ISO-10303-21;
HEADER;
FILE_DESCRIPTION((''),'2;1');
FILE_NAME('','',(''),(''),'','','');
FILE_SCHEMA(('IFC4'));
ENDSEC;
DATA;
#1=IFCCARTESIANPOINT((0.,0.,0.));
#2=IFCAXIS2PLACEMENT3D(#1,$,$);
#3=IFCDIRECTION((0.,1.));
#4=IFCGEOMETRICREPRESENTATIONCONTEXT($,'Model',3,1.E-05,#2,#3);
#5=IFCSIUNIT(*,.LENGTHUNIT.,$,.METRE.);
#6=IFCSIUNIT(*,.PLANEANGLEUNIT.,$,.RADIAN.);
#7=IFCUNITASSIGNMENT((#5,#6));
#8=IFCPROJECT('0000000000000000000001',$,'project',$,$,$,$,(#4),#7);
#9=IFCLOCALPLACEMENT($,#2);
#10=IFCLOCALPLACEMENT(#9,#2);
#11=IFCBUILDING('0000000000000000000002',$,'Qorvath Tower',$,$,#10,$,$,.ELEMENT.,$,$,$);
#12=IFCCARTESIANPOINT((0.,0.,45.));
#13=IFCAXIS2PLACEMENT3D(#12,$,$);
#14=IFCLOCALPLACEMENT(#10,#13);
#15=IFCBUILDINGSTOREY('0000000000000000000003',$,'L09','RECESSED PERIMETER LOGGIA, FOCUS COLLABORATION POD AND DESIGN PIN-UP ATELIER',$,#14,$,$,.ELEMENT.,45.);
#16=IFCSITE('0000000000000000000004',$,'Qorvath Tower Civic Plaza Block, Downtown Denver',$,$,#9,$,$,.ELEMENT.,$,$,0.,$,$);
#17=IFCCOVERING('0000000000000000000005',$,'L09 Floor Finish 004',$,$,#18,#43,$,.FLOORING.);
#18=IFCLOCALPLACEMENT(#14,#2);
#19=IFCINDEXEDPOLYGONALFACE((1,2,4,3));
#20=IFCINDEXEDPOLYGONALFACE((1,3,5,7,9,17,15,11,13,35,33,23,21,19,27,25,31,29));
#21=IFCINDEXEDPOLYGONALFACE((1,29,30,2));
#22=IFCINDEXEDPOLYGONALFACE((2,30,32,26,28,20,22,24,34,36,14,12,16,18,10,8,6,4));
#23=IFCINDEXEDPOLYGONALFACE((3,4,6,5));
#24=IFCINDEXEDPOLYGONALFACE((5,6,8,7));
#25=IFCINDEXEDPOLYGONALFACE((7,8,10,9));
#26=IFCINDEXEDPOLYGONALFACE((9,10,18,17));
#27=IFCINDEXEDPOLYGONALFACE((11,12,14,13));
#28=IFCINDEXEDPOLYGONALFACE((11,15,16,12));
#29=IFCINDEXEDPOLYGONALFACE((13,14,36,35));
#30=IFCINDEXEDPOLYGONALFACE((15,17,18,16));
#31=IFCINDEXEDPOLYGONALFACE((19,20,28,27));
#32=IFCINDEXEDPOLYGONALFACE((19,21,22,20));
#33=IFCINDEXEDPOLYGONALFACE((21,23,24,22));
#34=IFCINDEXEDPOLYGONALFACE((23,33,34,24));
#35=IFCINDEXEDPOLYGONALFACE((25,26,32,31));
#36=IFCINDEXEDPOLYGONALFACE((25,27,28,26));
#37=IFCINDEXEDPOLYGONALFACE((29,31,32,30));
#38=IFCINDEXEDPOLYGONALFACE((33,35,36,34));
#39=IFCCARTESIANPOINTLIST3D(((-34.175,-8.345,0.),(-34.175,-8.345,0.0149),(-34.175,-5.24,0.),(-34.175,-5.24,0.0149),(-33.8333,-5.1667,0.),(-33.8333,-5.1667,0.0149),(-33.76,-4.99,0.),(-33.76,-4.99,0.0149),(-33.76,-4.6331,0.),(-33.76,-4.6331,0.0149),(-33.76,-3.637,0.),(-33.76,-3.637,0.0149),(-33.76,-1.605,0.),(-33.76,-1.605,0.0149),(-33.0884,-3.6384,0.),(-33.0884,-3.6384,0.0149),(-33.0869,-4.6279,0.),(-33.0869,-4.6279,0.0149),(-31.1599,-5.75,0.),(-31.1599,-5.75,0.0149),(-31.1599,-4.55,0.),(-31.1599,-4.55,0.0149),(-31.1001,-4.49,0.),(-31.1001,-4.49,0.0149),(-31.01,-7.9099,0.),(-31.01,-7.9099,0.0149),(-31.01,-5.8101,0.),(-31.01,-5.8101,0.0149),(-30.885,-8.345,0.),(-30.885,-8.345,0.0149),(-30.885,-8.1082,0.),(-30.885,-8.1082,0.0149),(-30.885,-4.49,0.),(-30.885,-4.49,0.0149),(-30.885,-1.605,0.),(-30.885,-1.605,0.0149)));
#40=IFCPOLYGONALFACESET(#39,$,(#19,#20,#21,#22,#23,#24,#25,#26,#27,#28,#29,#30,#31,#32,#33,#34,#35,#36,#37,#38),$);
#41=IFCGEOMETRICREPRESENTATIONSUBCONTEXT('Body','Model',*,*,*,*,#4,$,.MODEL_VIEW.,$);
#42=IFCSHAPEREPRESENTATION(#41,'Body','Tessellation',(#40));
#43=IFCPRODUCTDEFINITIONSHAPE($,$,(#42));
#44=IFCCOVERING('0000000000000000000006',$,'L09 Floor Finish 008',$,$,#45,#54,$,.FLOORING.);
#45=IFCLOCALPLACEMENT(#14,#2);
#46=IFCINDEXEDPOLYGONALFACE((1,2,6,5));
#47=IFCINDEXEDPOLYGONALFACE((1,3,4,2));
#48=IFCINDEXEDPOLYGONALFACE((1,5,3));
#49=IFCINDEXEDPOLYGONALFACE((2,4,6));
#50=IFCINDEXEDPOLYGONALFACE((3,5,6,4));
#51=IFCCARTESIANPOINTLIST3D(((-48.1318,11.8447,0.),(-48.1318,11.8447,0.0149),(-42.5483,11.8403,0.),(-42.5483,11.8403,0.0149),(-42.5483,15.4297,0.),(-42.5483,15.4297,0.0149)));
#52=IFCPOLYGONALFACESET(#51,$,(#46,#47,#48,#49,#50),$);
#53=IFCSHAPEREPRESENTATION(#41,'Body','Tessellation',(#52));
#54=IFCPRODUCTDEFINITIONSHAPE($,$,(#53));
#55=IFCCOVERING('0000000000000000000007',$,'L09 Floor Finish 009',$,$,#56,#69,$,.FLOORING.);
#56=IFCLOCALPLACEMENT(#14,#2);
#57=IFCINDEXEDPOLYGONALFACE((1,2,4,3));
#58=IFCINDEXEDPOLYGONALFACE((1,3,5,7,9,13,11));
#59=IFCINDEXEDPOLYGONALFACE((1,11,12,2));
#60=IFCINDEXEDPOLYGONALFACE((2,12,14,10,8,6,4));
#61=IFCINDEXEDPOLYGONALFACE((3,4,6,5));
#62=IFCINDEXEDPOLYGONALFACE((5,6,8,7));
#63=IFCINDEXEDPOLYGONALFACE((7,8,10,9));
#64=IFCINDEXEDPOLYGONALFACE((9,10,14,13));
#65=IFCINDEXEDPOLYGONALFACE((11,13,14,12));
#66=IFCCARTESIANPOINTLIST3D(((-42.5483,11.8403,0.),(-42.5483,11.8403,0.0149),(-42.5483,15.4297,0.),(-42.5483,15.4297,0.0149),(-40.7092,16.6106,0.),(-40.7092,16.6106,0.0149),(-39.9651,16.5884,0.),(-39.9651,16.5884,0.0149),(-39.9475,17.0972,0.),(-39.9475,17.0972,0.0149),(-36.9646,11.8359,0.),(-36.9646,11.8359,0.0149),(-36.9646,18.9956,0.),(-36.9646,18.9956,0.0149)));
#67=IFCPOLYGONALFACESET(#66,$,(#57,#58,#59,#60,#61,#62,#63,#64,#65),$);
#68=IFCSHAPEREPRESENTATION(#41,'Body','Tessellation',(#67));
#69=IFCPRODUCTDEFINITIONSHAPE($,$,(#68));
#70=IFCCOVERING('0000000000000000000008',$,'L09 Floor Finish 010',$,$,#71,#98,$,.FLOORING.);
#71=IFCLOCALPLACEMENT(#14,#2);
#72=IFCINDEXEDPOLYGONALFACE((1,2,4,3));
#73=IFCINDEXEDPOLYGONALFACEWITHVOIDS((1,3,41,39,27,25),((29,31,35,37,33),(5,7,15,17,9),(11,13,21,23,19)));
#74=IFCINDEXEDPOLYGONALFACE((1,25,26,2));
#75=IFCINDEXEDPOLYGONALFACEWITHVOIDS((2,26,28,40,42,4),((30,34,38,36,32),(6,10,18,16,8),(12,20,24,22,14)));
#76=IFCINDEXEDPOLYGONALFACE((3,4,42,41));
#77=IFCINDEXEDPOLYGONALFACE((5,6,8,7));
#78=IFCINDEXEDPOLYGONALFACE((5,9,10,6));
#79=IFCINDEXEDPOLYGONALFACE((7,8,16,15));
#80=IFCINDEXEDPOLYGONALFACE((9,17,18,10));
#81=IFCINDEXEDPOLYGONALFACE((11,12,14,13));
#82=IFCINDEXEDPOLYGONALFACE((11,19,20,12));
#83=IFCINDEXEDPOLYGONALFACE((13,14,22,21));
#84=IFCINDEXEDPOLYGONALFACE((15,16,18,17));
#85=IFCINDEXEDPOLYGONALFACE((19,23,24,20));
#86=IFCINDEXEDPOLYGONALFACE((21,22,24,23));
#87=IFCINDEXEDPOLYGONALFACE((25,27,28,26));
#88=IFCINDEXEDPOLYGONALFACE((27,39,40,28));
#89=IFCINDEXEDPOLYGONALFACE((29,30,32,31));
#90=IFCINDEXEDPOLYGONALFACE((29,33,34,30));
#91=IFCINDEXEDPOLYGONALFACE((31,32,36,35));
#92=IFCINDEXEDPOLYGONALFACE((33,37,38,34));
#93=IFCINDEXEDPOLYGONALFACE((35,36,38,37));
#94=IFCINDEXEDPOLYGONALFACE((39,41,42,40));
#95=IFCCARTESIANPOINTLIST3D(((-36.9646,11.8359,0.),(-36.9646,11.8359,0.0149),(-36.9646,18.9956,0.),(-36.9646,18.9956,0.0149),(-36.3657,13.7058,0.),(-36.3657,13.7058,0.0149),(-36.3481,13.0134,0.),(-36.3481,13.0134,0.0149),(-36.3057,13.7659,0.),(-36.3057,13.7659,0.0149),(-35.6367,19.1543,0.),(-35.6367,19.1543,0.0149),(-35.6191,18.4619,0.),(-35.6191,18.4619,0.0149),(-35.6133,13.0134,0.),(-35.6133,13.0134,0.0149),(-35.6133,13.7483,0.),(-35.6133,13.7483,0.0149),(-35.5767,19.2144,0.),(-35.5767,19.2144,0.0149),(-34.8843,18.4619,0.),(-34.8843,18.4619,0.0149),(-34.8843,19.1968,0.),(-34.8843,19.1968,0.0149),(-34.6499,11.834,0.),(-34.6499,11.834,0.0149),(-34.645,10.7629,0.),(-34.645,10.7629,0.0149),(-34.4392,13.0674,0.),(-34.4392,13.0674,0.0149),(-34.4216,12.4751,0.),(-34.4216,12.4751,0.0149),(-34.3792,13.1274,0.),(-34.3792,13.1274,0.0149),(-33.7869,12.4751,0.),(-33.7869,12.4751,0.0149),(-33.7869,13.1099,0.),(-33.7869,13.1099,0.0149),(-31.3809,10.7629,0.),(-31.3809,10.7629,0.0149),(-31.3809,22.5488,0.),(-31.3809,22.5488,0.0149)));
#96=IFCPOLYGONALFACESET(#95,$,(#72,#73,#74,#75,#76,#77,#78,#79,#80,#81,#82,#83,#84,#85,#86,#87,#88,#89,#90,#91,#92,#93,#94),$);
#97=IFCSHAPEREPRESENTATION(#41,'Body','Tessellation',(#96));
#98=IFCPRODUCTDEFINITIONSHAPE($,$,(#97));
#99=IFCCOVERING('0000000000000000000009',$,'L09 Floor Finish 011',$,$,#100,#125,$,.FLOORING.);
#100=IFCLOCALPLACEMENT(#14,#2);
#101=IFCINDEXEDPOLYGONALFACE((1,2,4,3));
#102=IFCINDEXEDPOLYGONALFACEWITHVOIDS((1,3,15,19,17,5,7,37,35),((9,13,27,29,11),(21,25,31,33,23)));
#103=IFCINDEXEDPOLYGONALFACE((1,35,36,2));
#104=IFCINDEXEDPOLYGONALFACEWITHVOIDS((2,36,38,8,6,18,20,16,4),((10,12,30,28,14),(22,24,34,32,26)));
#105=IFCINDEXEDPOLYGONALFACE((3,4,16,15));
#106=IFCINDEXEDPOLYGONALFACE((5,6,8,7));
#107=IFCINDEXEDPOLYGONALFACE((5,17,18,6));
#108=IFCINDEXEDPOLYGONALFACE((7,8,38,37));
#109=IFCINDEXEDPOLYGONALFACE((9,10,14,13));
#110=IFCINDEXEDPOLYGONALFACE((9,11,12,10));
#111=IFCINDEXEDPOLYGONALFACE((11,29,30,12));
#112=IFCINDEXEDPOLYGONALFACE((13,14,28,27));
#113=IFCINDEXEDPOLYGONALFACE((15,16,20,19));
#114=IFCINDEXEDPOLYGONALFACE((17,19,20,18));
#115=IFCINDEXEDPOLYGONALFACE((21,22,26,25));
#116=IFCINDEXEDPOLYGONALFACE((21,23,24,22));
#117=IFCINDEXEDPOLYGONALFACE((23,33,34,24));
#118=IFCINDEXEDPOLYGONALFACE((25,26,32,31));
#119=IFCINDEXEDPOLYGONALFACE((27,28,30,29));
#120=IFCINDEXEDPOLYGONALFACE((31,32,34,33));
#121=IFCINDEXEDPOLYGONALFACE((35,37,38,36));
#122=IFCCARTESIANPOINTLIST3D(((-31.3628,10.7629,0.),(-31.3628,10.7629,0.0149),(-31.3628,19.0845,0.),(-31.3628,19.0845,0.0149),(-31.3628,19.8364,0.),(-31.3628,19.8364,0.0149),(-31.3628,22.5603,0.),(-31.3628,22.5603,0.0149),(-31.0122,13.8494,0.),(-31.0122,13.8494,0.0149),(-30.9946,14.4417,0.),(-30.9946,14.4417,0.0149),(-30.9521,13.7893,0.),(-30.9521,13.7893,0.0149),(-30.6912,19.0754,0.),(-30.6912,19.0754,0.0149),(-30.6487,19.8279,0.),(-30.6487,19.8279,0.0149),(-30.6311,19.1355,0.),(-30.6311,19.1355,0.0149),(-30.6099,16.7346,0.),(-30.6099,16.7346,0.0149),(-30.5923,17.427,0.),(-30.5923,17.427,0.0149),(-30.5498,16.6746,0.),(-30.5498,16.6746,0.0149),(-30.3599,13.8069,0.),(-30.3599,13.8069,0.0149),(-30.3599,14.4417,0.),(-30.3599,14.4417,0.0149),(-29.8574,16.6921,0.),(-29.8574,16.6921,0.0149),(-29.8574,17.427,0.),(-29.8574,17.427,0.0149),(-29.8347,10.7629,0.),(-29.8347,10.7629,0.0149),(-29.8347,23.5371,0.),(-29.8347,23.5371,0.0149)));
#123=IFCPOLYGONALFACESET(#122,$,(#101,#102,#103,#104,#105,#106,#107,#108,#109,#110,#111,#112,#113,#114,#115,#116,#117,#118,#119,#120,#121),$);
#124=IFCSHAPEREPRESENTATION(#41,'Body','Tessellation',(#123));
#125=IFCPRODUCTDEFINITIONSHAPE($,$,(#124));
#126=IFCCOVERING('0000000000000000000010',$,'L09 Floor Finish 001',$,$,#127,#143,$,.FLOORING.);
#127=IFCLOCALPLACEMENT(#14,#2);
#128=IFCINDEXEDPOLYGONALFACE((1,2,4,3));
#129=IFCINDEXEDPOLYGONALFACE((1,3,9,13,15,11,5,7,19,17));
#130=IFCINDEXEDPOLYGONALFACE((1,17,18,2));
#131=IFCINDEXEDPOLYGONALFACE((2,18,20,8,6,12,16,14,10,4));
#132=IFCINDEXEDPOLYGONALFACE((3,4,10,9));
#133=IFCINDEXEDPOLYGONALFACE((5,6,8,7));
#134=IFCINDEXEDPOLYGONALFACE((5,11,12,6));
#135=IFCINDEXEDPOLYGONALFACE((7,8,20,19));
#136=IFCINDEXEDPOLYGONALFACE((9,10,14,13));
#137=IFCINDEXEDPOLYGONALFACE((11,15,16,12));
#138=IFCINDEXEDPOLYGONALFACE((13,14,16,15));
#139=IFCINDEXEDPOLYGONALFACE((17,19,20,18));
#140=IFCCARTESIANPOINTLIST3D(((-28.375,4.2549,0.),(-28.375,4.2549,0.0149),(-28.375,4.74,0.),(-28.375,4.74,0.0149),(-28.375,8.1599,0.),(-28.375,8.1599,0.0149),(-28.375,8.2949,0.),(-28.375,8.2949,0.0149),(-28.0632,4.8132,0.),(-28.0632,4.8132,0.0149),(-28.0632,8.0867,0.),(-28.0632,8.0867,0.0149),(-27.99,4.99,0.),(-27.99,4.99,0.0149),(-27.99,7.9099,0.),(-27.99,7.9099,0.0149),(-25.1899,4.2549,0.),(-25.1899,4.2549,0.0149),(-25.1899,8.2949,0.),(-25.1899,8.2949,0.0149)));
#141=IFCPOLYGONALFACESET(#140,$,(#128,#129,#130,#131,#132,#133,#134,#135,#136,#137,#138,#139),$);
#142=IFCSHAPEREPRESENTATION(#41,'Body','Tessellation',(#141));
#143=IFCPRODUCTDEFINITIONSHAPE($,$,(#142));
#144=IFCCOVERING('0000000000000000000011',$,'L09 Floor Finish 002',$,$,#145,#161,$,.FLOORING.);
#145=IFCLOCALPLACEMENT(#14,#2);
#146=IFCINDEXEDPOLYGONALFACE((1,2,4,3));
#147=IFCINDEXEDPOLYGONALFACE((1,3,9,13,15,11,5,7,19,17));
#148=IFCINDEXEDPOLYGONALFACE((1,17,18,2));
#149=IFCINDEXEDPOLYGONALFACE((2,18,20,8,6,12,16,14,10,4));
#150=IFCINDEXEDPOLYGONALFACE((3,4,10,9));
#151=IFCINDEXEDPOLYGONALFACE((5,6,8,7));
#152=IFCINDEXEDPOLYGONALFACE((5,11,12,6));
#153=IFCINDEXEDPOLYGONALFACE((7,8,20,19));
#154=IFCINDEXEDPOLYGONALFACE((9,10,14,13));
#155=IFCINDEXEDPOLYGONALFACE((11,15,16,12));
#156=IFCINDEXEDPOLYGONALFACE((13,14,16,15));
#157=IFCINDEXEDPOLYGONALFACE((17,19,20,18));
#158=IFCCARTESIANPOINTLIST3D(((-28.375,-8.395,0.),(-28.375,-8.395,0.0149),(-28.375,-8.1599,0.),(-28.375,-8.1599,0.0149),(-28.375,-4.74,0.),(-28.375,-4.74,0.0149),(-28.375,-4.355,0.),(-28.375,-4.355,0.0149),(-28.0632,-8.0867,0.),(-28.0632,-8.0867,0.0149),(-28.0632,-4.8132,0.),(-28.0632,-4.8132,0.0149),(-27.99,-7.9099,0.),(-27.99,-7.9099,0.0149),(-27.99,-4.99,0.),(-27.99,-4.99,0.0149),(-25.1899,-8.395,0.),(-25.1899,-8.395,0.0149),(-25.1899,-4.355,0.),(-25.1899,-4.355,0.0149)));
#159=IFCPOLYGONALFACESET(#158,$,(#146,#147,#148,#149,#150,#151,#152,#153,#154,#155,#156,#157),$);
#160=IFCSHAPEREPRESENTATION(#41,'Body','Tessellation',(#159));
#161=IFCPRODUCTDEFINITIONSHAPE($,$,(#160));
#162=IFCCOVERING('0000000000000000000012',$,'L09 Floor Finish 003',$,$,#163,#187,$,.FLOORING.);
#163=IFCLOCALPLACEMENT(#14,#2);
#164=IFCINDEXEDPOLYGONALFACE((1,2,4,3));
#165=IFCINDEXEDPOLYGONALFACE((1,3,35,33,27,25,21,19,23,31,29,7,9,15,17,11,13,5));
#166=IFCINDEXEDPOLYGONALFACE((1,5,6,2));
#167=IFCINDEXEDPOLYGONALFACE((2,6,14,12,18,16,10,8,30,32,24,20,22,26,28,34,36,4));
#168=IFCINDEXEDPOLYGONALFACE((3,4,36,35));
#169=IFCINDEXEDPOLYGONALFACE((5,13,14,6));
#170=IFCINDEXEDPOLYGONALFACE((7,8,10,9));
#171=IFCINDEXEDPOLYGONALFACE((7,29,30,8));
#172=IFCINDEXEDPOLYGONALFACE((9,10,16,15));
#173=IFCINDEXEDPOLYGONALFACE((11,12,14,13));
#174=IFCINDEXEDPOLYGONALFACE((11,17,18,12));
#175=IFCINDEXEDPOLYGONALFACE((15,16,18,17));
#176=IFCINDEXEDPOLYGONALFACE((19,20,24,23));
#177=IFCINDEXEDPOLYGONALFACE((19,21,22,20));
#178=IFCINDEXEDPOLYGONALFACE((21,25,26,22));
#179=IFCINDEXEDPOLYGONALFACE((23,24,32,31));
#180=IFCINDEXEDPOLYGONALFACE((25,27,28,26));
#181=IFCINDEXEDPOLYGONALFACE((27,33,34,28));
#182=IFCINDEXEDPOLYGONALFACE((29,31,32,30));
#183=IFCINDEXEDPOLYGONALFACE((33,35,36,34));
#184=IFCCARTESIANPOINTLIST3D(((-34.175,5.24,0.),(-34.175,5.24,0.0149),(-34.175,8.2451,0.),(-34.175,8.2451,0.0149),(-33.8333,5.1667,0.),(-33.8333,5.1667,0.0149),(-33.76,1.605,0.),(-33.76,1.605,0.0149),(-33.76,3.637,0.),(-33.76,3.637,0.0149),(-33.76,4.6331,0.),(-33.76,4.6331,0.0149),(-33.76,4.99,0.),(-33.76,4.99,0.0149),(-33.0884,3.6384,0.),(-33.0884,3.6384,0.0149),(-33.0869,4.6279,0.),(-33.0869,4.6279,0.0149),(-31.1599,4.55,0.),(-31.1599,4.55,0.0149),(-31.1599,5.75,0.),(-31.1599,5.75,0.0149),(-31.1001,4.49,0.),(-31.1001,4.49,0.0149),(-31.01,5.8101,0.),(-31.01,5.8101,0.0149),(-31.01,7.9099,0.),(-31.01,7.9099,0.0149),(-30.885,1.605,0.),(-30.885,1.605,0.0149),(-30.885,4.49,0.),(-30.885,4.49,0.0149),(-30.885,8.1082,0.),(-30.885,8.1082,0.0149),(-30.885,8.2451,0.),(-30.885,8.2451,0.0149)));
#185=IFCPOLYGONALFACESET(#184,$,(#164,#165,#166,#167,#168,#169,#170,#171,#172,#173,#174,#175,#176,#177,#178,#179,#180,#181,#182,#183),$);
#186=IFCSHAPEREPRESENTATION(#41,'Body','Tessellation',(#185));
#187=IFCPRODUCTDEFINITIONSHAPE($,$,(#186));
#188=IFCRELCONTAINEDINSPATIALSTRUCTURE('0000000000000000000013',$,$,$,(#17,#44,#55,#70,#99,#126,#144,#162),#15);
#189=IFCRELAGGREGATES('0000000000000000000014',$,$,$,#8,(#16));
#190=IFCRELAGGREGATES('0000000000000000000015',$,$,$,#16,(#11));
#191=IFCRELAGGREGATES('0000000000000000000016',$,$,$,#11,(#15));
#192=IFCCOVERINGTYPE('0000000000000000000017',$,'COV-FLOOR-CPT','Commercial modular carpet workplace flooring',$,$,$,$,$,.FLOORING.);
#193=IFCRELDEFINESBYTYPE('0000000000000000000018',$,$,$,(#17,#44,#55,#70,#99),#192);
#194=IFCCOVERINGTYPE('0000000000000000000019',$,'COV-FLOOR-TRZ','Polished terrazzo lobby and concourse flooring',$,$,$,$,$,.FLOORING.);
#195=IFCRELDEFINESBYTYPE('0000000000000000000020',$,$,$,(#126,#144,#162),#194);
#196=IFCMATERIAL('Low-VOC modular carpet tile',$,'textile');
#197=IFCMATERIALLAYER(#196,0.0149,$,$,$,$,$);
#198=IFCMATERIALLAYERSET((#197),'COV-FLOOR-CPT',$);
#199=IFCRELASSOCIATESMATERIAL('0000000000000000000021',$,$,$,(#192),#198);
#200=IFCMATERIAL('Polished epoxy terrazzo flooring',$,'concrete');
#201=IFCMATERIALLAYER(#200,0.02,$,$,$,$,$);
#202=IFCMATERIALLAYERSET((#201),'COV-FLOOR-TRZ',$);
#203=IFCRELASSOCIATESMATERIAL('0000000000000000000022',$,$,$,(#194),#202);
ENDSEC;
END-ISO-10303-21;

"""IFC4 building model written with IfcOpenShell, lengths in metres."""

from ifc_helpers import new_model, si_unit, direction, frame, origin, place, context, subcontext, project, spatial, polyline, outline, extrude, material, layer, layer_set, type_object, element, save


model = new_model("IFC4")

# Units and contexts
model_context = context("Model", 3, precision=1e-05, world=origin(), true_north=direction((0.0, 1.0)))
body_context = subcontext(model_context, "Body", "Model", "MODEL_VIEW")
ifc_project = project(units=[si_unit("LENGTHUNIT", "METRE"), si_unit("PLANEANGLEUNIT", "RADIAN")], contexts=[model_context])

# Site, building, storey
site_placement = place(None, origin())
site = spatial("IfcSite", under=ifc_project, at=site_placement, Name="Qorvath Tower Civic Plaza Block, Downtown Denver", CompositionType="ELEMENT", RefElevation=0.0)
building_placement = place(site_placement, origin())
building = spatial("IfcBuilding", under=site, at=building_placement, Name="Qorvath Tower", CompositionType="ELEMENT")
storey_placement = place(building_placement, frame((0.0, 0.0, 45.0)))
storey = spatial("IfcBuildingStorey", under=building, at=storey_placement, Name="L09", Description="RECESSED PERIMETER LOGGIA, FOCUS COLLABORATION POD AND DESIGN PIN-UP ATELIER", CompositionType="ELEMENT", Elevation=45.0)

# Coverings
ifc_material_1 = material(Name="Low-VOC modular carpet tile", Category="textile")
ifc_layer_1 = layer(ifc_material_1, 0.0149)
ifc_layer_set_1 = layer_set([ifc_layer_1], Name="COV-FLOOR-CPT")
covering_type_1 = type_object("IfcCoveringType", Name="COV-FLOOR-CPT", Description="Commercial modular carpet workplace flooring", PredefinedType="FLOORING", material=ifc_layer_set_1)
covering_1_placement = place(storey_placement, origin())
element("IfcCovering", 1, at=covering_1_placement, inside=storey, type_object=covering_type_1, Name="L09 Floor Finish 004", PredefinedType="FLOORING", context=body_context, shape_type="SweptSolid", body=[
    extrude(outline(polyline([(-30.885, -1.605), (-33.76, -1.605), (-33.76, -3.637), (-33.0884, -3.6384), (-33.0869, -4.6279), (-33.76, -4.6331), (-33.76, -4.99), (-33.8333, -5.1667), (-34.175, -5.24), (-34.175, -8.345), (-30.885, -8.345), (-30.885, -8.1082), (-31.01, -7.9099), (-31.01, -5.8101), (-31.1599, -5.75), (-31.1599, -4.55), (-31.1001, -4.49), (-30.885, -4.49), (-30.885, -1.605)])), origin(), (0.0, 0.0, 1.0), 0.0149),
])
covering_2_placement = place(storey_placement, origin())
element("IfcCovering", 2, at=covering_2_placement, inside=storey, type_object=covering_type_1, Name="L09 Floor Finish 008", PredefinedType="FLOORING", context=body_context, shape_type="SweptSolid", body=[
    extrude(outline(polyline([(-42.5483, 11.8403), (-42.5483, 15.4297), (-48.1318, 11.8447), (-42.5483, 11.8403)])), origin(), (0.0, 0.0, 1.0), 0.0149),
])
covering_3_placement = place(storey_placement, origin())
element("IfcCovering", 3, at=covering_3_placement, inside=storey, type_object=covering_type_1, Name="L09 Floor Finish 009", PredefinedType="FLOORING", context=body_context, shape_type="SweptSolid", body=[
    extrude(outline(polyline([(-36.9646, 11.8359), (-36.9646, 18.9956), (-39.9475, 17.0972), (-39.9651, 16.5884), (-40.7092, 16.6106), (-42.5483, 15.4297), (-42.5483, 11.8403), (-36.9646, 11.8359)])), origin(), (0.0, 0.0, 1.0), 0.0149),
])
covering_4_placement = place(storey_placement, origin())
element("IfcCovering", 4, at=covering_4_placement, inside=storey, type_object=covering_type_1, Name="L09 Floor Finish 010", PredefinedType="FLOORING", context=body_context, shape_type="SweptSolid", body=[
    extrude(outline(polyline([(-31.3809, 22.5488), (-36.9646, 18.9956), (-36.9646, 11.8359), (-34.6499, 11.834), (-34.645, 10.7629), (-31.3809, 10.7629), (-31.3809, 22.5488)]), holes=[polyline([(-34.4392, 13.0674), (-34.3792, 13.1274), (-33.7869, 13.1099), (-33.7869, 12.4751), (-34.4216, 12.4751), (-34.4392, 13.0674)]), polyline([(-35.6367, 19.1543), (-35.5767, 19.2144), (-34.8843, 19.1968), (-34.8843, 18.4619), (-35.6191, 18.4619), (-35.6367, 19.1543)]), polyline([(-36.3657, 13.7058), (-36.3057, 13.7659), (-35.6133, 13.7483), (-35.6133, 13.0134), (-36.3481, 13.0134), (-36.3657, 13.7058)])]), origin(), (0.0, 0.0, 1.0), 0.0149),
])
covering_5_placement = place(storey_placement, origin())
element("IfcCovering", 5, at=covering_5_placement, inside=storey, type_object=covering_type_1, Name="L09 Floor Finish 011", PredefinedType="FLOORING", context=body_context, shape_type="SweptSolid", body=[
    extrude(outline(polyline([(-31.3628, 10.7629), (-29.8347, 10.7629), (-29.8347, 23.5371), (-31.3628, 22.5603), (-31.3628, 19.8364), (-30.6487, 19.8279), (-30.6311, 19.1355), (-30.6912, 19.0754), (-31.3628, 19.0845), (-31.3628, 10.7629)]), holes=[polyline([(-30.6099, 16.7346), (-30.5923, 17.427), (-29.8574, 17.427), (-29.8574, 16.6921), (-30.5498, 16.6746), (-30.6099, 16.7346)]), polyline([(-31.0122, 13.8494), (-30.9946, 14.4417), (-30.3599, 14.4417), (-30.3599, 13.8069), (-30.9521, 13.7893), (-31.0122, 13.8494)])]), origin(), (0.0, 0.0, 1.0), 0.0149),
])
ifc_material_2 = material(Name="Polished epoxy terrazzo flooring", Category="concrete")
ifc_layer_2 = layer(ifc_material_2, 0.02)
ifc_layer_set_2 = layer_set([ifc_layer_2], Name="COV-FLOOR-TRZ")
covering_type_2 = type_object("IfcCoveringType", Name="COV-FLOOR-TRZ", Description="Polished terrazzo lobby and concourse flooring", PredefinedType="FLOORING", material=ifc_layer_set_2)
covering_6_placement = place(storey_placement, origin())
element("IfcCovering", 6, at=covering_6_placement, inside=storey, type_object=covering_type_2, Name="L09 Floor Finish 001", PredefinedType="FLOORING", context=body_context, shape_type="SweptSolid", body=[
    extrude(outline(polyline([(-25.1899, 4.2549), (-25.1899, 8.2949), (-28.375, 8.2949), (-28.375, 8.1599), (-28.0632, 8.0867), (-27.99, 7.9099), (-27.99, 4.99), (-28.0632, 4.8132), (-28.375, 4.74), (-28.375, 4.2549), (-25.1899, 4.2549)])), origin(), (0.0, 0.0, 1.0), 0.0149),
])
covering_7_placement = place(storey_placement, origin())
element("IfcCovering", 7, at=covering_7_placement, inside=storey, type_object=covering_type_2, Name="L09 Floor Finish 002", PredefinedType="FLOORING", context=body_context, shape_type="SweptSolid", body=[
    extrude(outline(polyline([(-25.1899, -8.395), (-25.1899, -4.355), (-28.375, -4.355), (-28.375, -4.74), (-28.0632, -4.8132), (-27.99, -4.99), (-27.99, -7.9099), (-28.0632, -8.0867), (-28.375, -8.1599), (-28.375, -8.395), (-25.1899, -8.395)])), origin(), (0.0, 0.0, 1.0), 0.0149),
])
covering_8_placement = place(storey_placement, origin())
element("IfcCovering", 8, at=covering_8_placement, inside=storey, type_object=covering_type_2, Name="L09 Floor Finish 003", PredefinedType="FLOORING", context=body_context, shape_type="SweptSolid", body=[
    extrude(outline(polyline([(-30.885, 8.2451), (-34.175, 8.2451), (-34.175, 5.24), (-33.8333, 5.1667), (-33.76, 4.99), (-33.76, 4.6331), (-33.0869, 4.6279), (-33.0884, 3.6384), (-33.76, 3.637), (-33.76, 1.605), (-30.885, 1.605), (-30.885, 4.49), (-31.1001, 4.49), (-31.1599, 4.55), (-31.1599, 5.75), (-31.01, 5.8101), (-31.01, 7.9099), (-30.885, 8.1082), (-30.885, 8.2451)])), origin(), (0.0, 0.0, 1.0), 0.0149),
])

save(model, "model.ifc")
